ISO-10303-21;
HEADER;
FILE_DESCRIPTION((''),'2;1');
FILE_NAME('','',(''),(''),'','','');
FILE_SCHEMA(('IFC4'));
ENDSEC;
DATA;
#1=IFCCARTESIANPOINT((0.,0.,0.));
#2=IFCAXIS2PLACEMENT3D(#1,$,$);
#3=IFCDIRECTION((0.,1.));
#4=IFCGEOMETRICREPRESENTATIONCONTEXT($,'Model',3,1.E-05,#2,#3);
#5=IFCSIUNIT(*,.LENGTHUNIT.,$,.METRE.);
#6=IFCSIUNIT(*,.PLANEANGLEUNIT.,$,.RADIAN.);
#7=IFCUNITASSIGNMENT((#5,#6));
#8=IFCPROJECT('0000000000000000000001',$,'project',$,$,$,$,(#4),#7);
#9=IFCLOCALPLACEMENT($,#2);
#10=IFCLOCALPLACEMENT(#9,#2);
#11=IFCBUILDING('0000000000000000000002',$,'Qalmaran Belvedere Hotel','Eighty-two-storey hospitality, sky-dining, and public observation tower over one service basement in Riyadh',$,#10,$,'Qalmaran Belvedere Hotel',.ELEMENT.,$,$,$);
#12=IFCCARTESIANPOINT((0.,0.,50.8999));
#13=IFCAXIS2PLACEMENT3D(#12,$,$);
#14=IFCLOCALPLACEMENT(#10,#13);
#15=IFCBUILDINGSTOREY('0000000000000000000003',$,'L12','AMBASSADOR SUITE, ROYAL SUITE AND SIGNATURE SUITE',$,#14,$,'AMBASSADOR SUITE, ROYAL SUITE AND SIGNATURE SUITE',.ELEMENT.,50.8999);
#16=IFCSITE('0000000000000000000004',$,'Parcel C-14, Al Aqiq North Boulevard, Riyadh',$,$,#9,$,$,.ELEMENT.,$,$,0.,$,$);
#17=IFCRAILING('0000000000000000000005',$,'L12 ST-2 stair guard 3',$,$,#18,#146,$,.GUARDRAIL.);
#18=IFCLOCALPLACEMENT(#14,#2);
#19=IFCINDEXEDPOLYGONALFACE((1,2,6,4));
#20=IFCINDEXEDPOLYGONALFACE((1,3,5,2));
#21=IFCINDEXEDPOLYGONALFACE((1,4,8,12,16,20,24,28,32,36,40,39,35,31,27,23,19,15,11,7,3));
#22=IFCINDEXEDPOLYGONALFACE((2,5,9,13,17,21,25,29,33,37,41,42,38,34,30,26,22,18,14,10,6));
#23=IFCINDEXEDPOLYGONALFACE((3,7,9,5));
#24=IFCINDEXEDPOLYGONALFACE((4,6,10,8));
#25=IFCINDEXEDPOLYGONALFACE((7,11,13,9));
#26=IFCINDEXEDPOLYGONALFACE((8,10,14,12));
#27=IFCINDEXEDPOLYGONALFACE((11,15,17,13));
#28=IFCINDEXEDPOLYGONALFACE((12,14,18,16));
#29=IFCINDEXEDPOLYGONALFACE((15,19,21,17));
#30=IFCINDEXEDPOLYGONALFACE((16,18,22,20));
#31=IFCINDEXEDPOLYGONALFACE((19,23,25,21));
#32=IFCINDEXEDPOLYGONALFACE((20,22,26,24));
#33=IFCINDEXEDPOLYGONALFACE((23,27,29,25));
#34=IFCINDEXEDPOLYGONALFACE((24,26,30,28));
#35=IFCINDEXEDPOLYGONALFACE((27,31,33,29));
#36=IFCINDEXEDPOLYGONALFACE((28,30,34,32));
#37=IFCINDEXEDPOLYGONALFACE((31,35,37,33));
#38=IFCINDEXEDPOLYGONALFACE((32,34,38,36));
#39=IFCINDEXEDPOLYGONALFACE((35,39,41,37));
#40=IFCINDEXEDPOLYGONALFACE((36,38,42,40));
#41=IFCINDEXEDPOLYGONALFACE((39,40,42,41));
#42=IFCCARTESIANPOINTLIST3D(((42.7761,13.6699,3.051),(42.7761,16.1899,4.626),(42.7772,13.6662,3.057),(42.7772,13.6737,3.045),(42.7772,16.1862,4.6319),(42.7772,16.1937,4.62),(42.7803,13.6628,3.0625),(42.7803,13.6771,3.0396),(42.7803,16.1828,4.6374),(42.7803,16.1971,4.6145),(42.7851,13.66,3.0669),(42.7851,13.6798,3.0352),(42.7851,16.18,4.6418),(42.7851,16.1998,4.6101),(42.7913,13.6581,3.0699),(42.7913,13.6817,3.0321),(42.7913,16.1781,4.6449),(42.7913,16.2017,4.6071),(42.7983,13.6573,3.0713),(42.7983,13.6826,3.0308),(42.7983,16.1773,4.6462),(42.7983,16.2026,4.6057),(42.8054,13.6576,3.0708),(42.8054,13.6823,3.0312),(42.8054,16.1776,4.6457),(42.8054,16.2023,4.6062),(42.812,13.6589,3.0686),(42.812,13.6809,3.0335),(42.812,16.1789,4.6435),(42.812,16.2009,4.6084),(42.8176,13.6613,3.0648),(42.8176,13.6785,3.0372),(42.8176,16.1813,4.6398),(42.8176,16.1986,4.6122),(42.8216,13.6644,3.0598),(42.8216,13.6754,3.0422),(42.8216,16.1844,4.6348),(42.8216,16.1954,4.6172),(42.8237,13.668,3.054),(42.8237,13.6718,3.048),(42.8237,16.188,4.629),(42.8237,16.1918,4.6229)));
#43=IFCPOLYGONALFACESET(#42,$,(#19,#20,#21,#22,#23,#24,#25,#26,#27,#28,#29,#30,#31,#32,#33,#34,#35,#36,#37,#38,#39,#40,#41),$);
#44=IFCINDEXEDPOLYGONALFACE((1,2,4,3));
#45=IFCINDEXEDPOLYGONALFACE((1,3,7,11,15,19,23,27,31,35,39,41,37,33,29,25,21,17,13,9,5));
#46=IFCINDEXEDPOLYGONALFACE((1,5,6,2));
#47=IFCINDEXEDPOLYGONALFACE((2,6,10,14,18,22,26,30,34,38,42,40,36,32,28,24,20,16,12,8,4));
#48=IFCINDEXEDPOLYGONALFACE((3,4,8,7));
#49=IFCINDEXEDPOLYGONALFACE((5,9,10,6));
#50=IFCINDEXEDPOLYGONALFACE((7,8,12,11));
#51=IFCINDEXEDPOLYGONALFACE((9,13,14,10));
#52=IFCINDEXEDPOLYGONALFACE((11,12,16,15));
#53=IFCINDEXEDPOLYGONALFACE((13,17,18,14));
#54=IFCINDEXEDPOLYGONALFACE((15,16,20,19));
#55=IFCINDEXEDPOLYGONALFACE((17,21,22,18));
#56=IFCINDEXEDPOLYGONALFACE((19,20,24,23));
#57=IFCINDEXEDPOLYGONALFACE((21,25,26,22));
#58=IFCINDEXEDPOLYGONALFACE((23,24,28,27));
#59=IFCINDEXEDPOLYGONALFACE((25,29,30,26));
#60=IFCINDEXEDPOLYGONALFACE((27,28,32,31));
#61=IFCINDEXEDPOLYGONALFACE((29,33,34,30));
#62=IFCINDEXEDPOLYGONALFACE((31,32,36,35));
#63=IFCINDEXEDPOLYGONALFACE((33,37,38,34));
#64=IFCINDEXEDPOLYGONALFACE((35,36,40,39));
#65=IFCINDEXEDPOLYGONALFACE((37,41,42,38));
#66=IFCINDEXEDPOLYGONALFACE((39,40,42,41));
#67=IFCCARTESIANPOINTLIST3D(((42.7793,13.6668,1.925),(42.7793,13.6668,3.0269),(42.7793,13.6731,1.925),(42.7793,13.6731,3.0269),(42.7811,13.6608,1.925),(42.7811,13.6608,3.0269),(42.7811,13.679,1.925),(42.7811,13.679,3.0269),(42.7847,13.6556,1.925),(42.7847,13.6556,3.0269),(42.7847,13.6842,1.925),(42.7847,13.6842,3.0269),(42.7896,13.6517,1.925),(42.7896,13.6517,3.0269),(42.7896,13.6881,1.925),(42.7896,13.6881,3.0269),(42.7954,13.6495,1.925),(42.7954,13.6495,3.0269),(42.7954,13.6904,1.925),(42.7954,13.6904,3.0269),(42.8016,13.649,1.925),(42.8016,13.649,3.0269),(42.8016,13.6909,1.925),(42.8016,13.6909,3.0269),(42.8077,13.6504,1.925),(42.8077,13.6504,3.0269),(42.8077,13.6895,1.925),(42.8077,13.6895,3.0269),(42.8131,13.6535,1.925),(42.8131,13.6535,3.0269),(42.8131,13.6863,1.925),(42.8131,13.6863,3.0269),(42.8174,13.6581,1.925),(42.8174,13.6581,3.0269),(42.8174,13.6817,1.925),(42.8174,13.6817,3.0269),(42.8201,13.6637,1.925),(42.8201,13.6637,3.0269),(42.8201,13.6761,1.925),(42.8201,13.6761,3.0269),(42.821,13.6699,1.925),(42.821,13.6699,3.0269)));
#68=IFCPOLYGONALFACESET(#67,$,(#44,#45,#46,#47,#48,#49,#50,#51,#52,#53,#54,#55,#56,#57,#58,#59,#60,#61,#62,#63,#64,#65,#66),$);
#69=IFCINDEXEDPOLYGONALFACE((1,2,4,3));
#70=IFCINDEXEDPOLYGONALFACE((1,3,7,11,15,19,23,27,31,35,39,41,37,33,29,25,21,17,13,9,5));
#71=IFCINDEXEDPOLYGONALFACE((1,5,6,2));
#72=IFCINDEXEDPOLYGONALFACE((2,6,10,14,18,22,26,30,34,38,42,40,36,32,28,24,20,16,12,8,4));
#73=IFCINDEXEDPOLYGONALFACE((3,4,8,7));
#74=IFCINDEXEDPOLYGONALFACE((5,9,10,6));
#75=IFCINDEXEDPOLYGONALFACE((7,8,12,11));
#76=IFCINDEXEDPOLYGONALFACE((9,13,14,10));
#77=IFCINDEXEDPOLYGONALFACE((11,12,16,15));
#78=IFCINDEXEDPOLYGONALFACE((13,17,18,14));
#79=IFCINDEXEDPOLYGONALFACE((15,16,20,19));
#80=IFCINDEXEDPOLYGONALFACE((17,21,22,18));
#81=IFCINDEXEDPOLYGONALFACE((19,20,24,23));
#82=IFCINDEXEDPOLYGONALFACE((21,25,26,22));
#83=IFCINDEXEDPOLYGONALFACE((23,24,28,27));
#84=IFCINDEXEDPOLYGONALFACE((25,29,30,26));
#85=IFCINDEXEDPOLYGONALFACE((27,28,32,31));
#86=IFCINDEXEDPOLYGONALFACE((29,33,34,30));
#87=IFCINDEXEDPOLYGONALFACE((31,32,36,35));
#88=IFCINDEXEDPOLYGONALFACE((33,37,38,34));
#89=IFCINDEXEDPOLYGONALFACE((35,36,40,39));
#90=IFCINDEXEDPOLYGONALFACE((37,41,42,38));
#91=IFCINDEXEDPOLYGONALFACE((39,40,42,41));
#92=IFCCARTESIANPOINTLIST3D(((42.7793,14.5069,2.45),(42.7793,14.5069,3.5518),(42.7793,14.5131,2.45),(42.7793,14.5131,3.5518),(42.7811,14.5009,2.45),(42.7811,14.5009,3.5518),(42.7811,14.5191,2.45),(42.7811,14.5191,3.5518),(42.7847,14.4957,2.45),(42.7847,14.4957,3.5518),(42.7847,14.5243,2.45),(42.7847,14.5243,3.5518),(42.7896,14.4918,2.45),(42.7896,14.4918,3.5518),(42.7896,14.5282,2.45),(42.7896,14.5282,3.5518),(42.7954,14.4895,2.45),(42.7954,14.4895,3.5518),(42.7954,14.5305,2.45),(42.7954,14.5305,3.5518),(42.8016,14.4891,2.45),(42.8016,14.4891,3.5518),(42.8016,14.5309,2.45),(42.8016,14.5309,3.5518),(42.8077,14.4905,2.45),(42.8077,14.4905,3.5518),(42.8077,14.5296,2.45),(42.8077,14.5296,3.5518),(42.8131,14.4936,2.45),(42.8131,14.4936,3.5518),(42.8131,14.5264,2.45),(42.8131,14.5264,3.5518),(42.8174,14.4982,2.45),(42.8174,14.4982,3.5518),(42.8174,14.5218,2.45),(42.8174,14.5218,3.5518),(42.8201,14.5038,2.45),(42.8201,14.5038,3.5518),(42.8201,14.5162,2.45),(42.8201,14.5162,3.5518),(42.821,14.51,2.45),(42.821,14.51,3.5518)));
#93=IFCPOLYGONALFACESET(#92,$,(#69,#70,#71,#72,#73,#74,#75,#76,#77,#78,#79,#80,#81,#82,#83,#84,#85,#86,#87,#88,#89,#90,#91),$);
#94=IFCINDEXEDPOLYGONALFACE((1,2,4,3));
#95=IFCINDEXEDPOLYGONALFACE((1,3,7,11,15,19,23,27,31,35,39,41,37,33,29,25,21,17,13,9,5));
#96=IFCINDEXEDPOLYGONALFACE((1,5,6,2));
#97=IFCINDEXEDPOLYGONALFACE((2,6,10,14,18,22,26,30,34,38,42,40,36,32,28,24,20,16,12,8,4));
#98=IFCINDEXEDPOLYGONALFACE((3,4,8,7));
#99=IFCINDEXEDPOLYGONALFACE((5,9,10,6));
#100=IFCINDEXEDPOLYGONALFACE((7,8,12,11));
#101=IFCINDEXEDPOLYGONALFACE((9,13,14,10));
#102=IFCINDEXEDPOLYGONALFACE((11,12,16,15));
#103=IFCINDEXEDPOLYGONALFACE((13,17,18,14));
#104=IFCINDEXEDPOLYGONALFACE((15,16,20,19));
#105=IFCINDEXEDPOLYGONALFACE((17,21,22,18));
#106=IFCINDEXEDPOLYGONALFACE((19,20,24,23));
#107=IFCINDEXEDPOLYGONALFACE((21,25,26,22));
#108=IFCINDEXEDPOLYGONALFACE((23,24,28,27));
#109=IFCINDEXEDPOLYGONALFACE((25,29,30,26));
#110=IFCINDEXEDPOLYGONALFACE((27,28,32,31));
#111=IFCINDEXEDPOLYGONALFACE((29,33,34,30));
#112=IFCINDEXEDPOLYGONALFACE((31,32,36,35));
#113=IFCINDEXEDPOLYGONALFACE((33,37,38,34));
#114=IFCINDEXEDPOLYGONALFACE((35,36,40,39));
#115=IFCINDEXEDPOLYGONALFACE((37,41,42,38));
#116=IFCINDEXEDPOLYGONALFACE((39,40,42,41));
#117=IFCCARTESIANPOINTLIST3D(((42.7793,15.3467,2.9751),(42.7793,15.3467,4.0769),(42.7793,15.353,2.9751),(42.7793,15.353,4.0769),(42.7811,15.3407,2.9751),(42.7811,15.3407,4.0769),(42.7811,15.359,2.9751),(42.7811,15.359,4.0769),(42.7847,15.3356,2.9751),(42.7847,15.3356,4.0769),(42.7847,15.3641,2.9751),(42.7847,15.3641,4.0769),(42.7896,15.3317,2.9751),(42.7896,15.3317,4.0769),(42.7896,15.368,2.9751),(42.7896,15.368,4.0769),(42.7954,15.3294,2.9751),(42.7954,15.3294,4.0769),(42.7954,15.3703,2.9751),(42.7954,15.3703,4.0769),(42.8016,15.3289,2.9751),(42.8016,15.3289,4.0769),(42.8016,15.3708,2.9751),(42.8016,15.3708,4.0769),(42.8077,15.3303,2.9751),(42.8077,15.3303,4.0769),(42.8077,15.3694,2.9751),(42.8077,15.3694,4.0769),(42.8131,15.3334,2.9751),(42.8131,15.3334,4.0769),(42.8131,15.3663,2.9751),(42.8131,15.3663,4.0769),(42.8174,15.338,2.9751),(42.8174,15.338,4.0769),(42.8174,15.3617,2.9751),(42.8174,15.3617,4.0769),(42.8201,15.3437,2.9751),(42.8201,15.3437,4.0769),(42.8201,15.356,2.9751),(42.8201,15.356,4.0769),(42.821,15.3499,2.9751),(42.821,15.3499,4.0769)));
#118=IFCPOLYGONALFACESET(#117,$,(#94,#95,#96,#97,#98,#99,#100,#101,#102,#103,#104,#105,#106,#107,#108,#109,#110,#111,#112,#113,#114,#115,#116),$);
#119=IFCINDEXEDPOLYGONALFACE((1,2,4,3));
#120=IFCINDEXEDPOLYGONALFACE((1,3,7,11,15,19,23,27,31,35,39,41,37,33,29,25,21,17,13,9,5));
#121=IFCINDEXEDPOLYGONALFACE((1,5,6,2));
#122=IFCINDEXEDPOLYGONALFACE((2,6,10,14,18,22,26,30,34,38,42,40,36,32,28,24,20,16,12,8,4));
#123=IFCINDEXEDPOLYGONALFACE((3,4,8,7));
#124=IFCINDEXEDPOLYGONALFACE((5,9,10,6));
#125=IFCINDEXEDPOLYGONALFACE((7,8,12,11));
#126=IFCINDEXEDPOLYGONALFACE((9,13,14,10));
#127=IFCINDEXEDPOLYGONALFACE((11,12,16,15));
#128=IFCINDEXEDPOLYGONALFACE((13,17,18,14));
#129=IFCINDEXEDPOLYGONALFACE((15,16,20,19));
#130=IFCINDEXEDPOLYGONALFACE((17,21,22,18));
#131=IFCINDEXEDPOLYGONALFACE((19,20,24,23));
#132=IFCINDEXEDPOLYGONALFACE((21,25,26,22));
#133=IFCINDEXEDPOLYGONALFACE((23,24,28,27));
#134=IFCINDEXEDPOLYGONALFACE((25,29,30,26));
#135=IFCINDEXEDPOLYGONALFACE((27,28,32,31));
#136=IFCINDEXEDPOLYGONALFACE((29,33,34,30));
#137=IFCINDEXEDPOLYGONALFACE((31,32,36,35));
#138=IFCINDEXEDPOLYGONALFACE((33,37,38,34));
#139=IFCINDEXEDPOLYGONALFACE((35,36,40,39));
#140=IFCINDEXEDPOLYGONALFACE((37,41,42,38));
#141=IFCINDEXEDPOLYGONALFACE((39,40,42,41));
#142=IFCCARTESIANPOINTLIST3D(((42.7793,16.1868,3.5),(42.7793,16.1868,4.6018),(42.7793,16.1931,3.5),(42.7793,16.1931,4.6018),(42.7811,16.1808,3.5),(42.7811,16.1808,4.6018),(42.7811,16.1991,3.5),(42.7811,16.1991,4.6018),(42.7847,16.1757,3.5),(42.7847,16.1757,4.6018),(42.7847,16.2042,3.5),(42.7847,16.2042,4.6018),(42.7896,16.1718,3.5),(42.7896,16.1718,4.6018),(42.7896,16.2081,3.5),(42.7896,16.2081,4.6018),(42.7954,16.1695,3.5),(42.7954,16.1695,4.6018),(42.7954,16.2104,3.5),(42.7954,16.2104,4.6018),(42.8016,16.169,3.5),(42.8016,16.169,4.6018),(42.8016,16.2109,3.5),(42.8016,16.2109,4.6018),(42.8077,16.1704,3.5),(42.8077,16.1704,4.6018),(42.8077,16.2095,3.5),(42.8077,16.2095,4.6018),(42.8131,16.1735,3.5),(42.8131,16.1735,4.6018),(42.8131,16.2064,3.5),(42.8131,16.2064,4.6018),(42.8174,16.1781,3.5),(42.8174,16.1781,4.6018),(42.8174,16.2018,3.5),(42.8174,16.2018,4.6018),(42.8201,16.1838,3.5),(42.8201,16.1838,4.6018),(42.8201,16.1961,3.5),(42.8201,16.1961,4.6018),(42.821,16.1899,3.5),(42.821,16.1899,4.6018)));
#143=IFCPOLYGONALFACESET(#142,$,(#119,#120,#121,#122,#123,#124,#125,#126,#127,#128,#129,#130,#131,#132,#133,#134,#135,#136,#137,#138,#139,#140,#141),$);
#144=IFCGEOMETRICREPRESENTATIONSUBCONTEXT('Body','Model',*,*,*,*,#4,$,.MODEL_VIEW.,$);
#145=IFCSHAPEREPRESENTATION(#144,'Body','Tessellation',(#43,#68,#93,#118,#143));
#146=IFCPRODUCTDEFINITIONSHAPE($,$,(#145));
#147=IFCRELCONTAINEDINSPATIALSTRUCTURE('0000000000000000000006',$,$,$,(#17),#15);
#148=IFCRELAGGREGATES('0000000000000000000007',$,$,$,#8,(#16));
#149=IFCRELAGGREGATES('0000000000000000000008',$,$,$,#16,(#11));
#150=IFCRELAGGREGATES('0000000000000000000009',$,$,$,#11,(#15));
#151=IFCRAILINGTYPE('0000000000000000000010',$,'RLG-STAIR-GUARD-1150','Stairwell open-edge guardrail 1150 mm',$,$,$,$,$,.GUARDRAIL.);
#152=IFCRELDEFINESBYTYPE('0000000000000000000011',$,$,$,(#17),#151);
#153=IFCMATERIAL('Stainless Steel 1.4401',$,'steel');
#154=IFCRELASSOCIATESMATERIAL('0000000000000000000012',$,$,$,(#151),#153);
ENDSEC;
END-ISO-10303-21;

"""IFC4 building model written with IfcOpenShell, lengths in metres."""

from ifc_helpers import new_model, si_unit, direction, frame, origin, origin_2d, place, context, subcontext, project, spatial, circle, extrude, material, type_object, element, save


model = new_model("IFC4")

# Units and contexts
model_context = context("Model", 3, precision=1e-05, world=origin(), true_north=direction((0.0, 1.0)))
body_context = subcontext(model_context, "Body", "Model", "MODEL_VIEW")
ifc_project = project(units=[si_unit("LENGTHUNIT", "METRE"), si_unit("PLANEANGLEUNIT", "RADIAN")], contexts=[model_context])

# Site, building, storey
site_placement = place(None, origin())
site = spatial("IfcSite", under=ifc_project, at=site_placement, Name="Parcel C-14, Al Aqiq North Boulevard, Riyadh", CompositionType="ELEMENT", RefElevation=0.0)
building_placement = place(site_placement, origin())
building = spatial("IfcBuilding", under=site, at=building_placement, Name="Qalmaran Belvedere Hotel", Description="Eighty-two-storey hospitality, sky-dining, and public observation tower over one service basement in Riyadh", LongName="Qalmaran Belvedere Hotel", CompositionType="ELEMENT")
storey_placement = place(building_placement, frame((0.0, 0.0, 50.8999)))
storey = spatial("IfcBuildingStorey", under=building, at=storey_placement, Name="L12", Description="AMBASSADOR SUITE, ROYAL SUITE AND SIGNATURE SUITE", LongName="AMBASSADOR SUITE, ROYAL SUITE AND SIGNATURE SUITE", CompositionType="ELEMENT", Elevation=50.8999)

# Shared definitions
ifc_material_1 = material(Name="Stainless Steel 1.4401", Category="steel")

# Railing
railing_type_1 = type_object("IfcRailingType", Name="RLG-STAIR-GUARD-1150", Description="Stairwell open-edge guardrail 1150 mm", PredefinedType="GUARDRAIL", material=ifc_material_1)
railing_1_placement = place(storey_placement, frame((42.8, 13.6699, 1.925)))
element("IfcRailing", 1, at=railing_1_placement, inside=storey, type_object=railing_type_1, Name="L12 ST-2 stair guard 3", PredefinedType="GUARDRAIL", context=body_context, shape_type="SweptSolid", body=[
    extrude(circle(Radius=0.0239, at=origin_2d()), frame((0.0, 0.0, 1.126), z_axis=(0.0, 0.848008, 0.529984), x_axis=(-1.0, 0.0, 0.0)), (0.0, 0.0, 1.0), 2.9717),
    extrude(circle(Radius=0.021, at=origin_2d()), origin(), (0.0, 0.0, 1.0), 1.1018),
    extrude(circle(Radius=0.021, at=origin_2d()), frame((0.0, 0.8401, 0.5249)), (0.0, 0.0, 1.0), 1.1018),
    extrude(circle(Radius=0.021, at=origin_2d()), frame((0.0, 1.6799, 1.05)), (0.0, 0.0, 1.0), 1.1018),
    extrude(circle(Radius=0.021, at=origin_2d()), frame((0.0, 2.52, 1.575)), (0.0, 0.0, 1.0), 1.1018),
])

save(model, "model.ifc")
